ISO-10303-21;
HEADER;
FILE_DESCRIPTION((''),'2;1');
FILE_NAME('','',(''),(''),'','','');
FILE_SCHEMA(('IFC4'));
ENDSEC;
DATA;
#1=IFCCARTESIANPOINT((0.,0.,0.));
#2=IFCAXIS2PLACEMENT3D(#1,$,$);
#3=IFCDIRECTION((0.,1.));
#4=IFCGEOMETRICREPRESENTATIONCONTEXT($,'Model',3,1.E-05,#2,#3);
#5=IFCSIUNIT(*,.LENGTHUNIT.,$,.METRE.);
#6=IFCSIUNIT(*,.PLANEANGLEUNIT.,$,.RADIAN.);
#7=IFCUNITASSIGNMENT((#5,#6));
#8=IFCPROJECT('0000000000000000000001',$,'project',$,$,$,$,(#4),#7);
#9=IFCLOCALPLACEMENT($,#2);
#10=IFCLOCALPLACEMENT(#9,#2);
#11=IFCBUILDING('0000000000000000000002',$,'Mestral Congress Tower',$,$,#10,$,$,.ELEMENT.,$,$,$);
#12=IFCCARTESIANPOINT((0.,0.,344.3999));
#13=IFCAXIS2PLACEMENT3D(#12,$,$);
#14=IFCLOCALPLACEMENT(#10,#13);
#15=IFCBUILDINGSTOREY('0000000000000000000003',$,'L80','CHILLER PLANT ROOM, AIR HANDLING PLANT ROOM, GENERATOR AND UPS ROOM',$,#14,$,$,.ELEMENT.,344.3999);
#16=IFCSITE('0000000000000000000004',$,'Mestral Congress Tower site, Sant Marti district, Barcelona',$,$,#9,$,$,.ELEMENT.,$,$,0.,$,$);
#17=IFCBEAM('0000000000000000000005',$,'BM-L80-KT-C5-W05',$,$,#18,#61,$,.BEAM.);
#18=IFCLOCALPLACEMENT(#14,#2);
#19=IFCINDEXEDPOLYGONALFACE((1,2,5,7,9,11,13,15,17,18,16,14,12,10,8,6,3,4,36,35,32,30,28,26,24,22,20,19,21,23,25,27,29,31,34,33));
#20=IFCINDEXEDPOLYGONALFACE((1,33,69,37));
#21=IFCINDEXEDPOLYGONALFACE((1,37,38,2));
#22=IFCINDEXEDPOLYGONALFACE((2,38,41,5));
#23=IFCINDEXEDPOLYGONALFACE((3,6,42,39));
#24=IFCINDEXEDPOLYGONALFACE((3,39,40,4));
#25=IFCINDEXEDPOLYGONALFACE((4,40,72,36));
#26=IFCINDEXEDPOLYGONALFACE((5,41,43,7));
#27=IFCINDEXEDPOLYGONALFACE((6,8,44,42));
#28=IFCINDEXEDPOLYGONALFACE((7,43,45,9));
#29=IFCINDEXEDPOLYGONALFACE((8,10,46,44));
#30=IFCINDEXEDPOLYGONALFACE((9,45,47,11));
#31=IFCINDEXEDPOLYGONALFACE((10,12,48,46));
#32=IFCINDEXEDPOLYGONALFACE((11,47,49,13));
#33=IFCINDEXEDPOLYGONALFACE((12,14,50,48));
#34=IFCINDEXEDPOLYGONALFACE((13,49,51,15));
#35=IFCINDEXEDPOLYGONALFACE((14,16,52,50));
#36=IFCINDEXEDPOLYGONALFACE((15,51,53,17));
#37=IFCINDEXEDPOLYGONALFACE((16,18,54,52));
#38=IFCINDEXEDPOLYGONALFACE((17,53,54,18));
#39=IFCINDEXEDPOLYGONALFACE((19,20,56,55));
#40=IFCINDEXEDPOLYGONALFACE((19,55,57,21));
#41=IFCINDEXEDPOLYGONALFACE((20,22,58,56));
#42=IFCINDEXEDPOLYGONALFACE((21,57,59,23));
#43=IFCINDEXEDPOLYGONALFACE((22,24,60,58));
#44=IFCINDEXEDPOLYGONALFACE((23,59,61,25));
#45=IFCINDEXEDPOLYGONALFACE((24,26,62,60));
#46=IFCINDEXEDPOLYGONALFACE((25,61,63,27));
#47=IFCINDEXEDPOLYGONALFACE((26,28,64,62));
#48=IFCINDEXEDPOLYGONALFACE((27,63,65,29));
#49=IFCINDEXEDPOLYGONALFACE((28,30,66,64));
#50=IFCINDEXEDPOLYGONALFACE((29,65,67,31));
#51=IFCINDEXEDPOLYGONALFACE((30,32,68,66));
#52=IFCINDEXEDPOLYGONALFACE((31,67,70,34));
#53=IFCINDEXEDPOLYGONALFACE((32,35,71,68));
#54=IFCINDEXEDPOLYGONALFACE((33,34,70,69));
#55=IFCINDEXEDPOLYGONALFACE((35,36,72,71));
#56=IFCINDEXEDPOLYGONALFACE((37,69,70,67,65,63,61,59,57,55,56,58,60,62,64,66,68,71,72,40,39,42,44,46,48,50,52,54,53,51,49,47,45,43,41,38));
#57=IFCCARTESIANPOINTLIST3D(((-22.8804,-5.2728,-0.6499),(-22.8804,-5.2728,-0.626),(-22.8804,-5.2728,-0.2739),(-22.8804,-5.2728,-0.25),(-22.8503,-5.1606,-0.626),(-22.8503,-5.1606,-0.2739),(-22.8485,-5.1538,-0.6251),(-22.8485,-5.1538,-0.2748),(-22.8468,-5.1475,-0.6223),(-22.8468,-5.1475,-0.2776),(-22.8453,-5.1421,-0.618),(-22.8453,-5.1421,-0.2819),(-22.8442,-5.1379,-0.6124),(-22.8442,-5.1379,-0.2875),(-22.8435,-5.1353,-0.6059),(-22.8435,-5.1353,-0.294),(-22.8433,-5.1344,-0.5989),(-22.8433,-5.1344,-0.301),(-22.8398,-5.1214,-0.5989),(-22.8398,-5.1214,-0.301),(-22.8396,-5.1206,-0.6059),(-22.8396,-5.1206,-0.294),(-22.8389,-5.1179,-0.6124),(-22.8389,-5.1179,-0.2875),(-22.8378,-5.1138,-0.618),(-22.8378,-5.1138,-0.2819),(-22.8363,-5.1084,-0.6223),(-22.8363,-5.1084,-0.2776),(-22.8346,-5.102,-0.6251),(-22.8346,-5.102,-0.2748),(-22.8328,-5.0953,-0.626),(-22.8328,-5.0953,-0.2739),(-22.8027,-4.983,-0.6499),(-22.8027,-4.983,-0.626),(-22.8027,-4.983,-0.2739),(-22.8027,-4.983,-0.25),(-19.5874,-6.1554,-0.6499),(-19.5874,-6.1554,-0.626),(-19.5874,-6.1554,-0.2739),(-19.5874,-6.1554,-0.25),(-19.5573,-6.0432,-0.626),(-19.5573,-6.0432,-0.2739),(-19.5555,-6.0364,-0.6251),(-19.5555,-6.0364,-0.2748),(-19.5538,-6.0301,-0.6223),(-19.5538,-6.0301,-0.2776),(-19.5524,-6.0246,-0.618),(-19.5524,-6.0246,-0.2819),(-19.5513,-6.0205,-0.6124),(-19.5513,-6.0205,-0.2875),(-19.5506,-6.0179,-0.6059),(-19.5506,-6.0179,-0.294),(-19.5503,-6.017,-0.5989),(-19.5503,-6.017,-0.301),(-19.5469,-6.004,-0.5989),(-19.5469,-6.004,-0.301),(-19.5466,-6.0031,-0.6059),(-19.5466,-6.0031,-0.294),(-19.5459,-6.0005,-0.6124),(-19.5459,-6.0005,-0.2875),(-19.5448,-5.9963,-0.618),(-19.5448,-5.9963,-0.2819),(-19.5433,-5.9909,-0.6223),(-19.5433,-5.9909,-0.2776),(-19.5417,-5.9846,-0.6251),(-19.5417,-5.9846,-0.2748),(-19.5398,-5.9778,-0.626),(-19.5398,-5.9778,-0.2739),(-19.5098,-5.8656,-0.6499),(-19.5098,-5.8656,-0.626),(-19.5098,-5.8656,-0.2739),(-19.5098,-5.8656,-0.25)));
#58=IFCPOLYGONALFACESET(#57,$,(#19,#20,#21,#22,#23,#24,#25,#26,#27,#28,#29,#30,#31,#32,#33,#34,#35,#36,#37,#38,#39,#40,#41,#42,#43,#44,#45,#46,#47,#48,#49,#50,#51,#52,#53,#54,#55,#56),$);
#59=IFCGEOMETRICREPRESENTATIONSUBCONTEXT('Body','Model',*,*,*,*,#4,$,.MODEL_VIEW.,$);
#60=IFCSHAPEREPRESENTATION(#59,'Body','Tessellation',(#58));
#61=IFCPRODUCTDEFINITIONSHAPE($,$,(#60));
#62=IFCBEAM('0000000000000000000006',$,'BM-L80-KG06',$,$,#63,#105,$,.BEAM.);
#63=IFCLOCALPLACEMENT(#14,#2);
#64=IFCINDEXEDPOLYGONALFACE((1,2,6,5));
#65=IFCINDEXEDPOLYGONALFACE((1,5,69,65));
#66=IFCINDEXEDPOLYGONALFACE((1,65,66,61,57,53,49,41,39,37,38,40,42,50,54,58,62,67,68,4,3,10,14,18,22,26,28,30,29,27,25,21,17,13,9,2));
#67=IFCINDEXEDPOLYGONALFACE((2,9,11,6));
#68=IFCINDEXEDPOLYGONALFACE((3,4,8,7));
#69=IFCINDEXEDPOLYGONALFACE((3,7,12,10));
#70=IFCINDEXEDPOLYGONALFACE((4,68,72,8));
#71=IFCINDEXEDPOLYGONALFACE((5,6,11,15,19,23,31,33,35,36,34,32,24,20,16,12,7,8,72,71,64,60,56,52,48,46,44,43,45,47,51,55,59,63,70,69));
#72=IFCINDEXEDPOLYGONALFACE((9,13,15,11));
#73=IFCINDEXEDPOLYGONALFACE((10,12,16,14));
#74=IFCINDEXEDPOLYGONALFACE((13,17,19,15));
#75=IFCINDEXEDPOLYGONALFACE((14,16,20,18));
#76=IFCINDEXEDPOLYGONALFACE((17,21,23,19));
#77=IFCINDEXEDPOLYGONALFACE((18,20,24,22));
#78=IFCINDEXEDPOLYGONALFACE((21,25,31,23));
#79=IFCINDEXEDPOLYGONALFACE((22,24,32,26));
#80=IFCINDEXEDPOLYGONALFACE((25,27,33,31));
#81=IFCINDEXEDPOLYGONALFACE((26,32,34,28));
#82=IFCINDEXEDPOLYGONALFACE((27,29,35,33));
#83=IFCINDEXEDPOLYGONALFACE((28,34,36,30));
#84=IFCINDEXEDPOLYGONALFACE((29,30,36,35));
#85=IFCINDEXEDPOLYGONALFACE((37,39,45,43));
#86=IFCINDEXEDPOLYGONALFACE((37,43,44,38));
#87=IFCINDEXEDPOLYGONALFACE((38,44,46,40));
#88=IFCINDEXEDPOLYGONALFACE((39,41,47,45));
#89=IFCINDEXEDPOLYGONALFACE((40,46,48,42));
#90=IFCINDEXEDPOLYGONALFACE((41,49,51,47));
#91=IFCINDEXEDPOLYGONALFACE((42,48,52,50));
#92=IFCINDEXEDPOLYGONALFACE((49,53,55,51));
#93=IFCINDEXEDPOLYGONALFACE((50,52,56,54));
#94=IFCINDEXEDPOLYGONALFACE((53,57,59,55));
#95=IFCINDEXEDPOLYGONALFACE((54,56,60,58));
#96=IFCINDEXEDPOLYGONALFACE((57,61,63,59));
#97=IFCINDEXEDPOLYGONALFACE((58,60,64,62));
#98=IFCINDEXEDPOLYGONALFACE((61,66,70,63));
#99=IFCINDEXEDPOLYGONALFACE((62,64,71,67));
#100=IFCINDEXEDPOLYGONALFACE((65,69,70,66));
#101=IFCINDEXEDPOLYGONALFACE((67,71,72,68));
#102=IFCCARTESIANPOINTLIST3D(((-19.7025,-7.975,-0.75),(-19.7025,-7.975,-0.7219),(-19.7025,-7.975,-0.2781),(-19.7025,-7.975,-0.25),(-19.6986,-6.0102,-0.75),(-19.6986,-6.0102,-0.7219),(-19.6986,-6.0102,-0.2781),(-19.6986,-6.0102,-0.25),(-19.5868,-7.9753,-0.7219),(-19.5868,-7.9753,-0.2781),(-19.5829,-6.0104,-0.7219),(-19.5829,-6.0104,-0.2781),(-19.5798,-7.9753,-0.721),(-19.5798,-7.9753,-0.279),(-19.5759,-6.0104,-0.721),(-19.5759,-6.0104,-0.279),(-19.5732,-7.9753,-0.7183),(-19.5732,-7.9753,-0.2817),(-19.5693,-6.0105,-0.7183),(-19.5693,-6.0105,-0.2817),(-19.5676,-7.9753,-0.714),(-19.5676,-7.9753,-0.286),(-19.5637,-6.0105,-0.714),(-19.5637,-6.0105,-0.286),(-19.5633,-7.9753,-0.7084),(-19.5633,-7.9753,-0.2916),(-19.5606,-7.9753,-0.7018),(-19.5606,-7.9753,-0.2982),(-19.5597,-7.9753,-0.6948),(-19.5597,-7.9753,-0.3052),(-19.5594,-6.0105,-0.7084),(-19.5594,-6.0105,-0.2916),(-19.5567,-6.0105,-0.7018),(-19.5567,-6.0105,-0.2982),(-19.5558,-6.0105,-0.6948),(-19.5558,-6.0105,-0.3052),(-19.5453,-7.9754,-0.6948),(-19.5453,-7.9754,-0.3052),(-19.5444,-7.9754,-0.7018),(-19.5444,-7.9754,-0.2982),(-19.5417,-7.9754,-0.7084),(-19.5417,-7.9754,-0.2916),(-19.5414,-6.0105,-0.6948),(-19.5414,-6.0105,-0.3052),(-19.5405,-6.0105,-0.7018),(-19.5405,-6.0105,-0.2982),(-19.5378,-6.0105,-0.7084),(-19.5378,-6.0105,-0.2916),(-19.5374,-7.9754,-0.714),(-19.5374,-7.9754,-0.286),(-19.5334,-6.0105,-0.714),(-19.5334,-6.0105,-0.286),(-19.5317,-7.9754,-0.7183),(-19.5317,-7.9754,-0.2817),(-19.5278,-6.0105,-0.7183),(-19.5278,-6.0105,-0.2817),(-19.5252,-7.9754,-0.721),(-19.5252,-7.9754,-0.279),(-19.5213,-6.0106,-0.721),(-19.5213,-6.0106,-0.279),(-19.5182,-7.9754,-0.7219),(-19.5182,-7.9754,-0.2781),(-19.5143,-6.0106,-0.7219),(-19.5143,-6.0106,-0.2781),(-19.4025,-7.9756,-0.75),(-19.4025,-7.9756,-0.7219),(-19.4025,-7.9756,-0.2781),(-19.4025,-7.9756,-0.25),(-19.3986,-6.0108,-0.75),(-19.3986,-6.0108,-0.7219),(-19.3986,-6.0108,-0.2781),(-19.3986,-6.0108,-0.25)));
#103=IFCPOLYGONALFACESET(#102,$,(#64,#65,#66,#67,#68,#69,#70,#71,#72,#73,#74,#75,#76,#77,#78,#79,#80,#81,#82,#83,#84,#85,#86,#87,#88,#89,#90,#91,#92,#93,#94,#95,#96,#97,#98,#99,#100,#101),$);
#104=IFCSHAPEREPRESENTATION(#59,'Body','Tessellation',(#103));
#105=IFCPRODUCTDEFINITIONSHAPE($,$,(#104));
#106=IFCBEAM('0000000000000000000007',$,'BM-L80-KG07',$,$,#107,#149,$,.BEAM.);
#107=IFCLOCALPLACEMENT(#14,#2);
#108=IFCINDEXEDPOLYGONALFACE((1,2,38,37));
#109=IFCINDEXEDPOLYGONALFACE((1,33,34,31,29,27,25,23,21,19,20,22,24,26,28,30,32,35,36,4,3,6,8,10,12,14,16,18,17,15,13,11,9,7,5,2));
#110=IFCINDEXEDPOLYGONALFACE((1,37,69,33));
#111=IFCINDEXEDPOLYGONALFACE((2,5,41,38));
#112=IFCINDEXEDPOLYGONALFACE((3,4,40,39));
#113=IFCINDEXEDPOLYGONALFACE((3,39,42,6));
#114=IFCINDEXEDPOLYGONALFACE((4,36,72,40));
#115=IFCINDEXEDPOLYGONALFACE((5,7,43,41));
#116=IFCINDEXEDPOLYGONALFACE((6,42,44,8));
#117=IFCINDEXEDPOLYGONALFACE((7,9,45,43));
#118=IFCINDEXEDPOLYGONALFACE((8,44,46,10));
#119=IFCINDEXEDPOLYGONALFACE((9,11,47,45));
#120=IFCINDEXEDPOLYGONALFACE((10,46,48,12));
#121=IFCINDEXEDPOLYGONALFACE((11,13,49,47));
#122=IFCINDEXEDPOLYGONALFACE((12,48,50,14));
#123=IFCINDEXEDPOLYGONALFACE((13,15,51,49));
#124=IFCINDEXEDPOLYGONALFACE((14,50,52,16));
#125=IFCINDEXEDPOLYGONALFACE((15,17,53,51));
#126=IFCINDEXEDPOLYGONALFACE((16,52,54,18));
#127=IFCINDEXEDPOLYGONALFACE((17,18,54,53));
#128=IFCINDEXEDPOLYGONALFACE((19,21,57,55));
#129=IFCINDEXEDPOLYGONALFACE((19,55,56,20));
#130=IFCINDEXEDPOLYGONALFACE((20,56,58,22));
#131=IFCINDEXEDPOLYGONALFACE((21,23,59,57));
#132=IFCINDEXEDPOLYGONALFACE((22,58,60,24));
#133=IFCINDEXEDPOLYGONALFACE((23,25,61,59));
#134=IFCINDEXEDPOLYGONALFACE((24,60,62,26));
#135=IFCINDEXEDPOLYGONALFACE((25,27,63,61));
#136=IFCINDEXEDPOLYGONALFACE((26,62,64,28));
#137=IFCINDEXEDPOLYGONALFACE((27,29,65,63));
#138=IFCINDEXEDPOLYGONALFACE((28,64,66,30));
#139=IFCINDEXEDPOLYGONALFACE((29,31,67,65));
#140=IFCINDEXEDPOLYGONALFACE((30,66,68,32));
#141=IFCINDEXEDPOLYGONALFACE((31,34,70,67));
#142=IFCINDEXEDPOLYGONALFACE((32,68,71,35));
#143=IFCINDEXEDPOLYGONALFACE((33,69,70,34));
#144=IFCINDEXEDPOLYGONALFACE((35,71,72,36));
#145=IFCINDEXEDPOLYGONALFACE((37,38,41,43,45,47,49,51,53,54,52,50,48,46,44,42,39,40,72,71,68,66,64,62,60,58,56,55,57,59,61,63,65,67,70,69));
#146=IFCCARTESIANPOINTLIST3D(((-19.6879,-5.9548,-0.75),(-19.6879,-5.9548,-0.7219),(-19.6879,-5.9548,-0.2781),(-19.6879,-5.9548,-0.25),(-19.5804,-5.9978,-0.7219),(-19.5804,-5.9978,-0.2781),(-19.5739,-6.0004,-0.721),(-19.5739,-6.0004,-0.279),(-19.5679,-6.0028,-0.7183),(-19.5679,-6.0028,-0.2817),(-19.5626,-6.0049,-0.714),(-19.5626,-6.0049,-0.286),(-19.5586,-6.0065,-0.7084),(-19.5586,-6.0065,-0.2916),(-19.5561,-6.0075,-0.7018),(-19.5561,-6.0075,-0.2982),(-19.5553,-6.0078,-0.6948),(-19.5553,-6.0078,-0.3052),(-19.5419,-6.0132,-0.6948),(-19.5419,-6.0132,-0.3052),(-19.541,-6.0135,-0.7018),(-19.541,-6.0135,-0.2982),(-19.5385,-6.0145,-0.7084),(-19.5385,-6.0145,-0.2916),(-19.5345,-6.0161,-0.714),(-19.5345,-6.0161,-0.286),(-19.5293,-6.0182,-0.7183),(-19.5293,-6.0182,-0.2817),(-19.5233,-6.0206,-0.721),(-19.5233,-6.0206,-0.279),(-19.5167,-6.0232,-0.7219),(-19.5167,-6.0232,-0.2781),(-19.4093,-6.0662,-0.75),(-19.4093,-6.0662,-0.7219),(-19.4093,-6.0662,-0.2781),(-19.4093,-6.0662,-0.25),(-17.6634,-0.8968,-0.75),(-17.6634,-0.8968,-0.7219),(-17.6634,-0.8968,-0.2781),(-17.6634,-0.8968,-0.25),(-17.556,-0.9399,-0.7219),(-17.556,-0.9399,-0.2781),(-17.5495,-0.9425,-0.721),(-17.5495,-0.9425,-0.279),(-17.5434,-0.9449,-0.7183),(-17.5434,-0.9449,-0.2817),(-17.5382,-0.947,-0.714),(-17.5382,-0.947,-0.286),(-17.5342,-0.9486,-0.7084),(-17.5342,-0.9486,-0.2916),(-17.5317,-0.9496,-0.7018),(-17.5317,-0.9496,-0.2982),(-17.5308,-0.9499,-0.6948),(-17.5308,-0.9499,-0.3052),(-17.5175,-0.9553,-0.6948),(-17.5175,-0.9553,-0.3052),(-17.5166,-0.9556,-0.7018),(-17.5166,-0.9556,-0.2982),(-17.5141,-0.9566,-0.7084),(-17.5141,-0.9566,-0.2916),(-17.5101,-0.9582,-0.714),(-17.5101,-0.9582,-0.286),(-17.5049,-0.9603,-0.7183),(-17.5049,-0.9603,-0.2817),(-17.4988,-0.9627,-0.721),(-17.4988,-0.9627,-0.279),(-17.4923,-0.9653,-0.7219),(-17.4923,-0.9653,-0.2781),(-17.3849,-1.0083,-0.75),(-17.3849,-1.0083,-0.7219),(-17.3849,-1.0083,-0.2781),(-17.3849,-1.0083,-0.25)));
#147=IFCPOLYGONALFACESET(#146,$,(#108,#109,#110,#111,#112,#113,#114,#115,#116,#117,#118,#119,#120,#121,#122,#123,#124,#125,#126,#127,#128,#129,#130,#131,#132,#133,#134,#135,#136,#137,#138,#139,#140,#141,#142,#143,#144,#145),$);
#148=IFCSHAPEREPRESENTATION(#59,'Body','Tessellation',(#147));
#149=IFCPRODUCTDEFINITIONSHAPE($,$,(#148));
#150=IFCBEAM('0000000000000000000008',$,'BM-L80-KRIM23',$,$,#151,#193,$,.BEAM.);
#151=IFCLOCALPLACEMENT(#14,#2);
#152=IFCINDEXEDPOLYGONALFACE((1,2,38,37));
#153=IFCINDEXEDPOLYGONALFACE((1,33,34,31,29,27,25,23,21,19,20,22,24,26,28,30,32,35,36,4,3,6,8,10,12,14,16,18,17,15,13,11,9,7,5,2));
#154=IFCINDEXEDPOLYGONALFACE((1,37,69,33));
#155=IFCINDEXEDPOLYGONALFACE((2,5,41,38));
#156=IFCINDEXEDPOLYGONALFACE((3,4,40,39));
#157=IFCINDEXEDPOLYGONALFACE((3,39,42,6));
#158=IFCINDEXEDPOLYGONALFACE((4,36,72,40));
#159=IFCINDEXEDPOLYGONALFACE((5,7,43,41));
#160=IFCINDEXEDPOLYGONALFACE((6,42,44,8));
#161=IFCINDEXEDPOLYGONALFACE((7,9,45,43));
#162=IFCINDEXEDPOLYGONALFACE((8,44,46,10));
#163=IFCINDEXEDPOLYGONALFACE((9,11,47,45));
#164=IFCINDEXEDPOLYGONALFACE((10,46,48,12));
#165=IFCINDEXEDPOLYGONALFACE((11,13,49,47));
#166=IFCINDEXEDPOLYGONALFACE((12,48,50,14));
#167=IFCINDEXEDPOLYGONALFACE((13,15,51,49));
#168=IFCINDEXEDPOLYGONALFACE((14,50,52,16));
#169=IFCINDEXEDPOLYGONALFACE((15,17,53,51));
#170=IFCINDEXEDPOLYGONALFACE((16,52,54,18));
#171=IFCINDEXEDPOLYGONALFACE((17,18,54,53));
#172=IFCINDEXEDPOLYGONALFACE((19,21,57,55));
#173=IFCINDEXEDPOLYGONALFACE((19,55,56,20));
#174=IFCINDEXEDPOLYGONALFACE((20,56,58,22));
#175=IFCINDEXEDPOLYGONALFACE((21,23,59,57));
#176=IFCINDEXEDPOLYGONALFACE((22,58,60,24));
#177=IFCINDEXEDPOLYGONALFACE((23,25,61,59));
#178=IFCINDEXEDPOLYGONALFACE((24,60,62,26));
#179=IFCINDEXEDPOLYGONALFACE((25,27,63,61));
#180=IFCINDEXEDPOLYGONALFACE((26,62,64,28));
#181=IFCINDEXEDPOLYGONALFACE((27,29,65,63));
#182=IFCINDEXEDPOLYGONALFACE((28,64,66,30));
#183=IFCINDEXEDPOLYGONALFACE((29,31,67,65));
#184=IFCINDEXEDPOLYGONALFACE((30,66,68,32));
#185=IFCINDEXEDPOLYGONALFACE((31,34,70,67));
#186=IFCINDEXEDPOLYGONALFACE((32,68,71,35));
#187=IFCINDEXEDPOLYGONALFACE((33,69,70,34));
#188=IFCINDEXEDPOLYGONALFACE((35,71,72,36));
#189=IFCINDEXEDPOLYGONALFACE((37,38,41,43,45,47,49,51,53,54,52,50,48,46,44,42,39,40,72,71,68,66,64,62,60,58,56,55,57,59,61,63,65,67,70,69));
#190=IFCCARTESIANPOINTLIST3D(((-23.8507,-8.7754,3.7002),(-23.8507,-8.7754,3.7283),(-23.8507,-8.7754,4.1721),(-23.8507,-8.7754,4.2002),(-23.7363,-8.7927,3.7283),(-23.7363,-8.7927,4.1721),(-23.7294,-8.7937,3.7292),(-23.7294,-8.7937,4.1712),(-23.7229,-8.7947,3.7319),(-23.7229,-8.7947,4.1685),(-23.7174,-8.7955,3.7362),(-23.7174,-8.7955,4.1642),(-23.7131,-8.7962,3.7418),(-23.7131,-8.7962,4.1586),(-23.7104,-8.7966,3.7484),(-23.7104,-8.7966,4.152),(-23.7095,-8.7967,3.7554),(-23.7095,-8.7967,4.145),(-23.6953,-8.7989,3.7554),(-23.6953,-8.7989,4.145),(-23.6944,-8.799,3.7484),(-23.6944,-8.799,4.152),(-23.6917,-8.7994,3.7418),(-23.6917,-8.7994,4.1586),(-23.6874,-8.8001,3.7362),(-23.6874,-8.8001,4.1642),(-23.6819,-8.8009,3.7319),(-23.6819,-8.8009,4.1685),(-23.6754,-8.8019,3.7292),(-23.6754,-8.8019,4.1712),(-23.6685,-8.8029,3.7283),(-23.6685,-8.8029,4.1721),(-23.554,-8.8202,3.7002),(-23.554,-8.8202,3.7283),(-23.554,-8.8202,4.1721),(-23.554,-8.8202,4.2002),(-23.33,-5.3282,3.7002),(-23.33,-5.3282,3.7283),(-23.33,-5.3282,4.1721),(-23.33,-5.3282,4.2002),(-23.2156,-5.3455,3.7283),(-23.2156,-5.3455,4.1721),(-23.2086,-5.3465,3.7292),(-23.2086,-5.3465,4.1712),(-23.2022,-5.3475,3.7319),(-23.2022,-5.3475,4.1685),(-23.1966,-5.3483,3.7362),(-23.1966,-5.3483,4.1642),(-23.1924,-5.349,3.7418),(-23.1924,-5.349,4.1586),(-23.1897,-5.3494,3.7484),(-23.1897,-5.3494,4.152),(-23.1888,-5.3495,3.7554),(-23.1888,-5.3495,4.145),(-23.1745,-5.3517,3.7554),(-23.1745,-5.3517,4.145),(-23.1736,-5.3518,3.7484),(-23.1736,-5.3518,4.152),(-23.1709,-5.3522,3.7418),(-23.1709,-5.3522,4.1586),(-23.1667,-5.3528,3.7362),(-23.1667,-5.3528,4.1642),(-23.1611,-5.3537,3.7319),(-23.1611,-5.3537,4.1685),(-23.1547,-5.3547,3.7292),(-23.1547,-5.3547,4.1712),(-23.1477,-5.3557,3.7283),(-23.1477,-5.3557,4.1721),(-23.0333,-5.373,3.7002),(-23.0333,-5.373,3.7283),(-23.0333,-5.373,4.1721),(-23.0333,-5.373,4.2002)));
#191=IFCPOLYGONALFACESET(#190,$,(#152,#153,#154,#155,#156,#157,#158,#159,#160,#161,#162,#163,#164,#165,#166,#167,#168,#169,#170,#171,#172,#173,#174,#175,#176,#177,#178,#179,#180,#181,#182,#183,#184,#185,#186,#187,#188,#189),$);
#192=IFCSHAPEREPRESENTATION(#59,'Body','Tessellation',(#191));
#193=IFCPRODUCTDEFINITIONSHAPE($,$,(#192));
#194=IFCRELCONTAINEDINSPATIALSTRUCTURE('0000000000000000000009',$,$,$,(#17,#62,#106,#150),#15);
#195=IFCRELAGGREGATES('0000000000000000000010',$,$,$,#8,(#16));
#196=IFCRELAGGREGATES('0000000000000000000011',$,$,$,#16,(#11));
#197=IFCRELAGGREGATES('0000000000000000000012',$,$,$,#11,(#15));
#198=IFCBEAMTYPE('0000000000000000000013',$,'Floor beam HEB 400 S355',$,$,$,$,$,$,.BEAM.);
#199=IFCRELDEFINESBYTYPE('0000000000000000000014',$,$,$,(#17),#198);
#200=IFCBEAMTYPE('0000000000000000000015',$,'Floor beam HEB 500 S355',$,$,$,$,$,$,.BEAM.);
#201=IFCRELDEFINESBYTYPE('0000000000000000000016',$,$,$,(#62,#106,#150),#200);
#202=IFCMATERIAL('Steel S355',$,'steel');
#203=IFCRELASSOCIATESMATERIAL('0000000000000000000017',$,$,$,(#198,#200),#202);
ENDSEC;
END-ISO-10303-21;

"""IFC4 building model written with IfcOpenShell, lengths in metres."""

from ifc_helpers import new_model, si_unit, direction, frame, origin, origin_2d, place, context, subcontext, project, spatial, i_section, extrude, material, material_profile, profile_set, type_object, element, save


model = new_model("IFC4")

# Units and contexts
model_context = context("Model", 3, precision=1e-05, world=origin(), true_north=direction((0.0, 1.0)))
body_context = subcontext(model_context, "Body", "Model", "MODEL_VIEW")
ifc_project = project(units=[si_unit("LENGTHUNIT", "METRE"), si_unit("PLANEANGLEUNIT", "RADIAN")], contexts=[model_context])

# Site, building, storey
site_placement = place(None, origin())
site = spatial("IfcSite", under=ifc_project, at=site_placement, Name="Mestral Congress Tower site, Sant Marti district, Barcelona", CompositionType="ELEMENT", RefElevation=0.0)
building_placement = place(site_placement, origin())
building = spatial("IfcBuilding", under=site, at=building_placement, Name="Mestral Congress Tower", CompositionType="ELEMENT")
storey_placement = place(building_placement, frame((0.0, 0.0, 344.3999)))
storey = spatial("IfcBuildingStorey", under=building, at=storey_placement, Name="L80", Description="CHILLER PLANT ROOM, AIR HANDLING PLANT ROOM, GENERATOR AND UPS ROOM", CompositionType="ELEMENT", Elevation=344.3999)

# Shared definitions
ifc_material_1 = material(Name="Steel S355", Category="steel")

# Beams
ifc_material_profile_1 = material_profile(ifc_material_1, i_section(OverallWidth=0.3, OverallDepth=0.3999, WebThickness=0.0134, FlangeThickness=0.0239, FilletRadius=0.0271, at=origin_2d()), Name="HEB 400")
ifc_profile_set_1 = profile_set([ifc_material_profile_1], Name="Steel S355")
beam_type_1 = type_object("IfcBeamType", Name="Floor beam HEB 400 S355", PredefinedType="BEAM", material=ifc_profile_set_1)
beam_1_placement = place(storey_placement, frame((-22.8416, -5.1279, -0.45), z_axis=(0.96591, -0.258879, 0.0), x_axis=(0.258879, 0.96591, 0.0)))
element("IfcBeam", 1, at=beam_1_placement, inside=storey, type_object=beam_type_1, Name="BM-L80-KT-C5-W05", PredefinedType="BEAM", context=body_context, shape_type="SweptSolid", body=[
    extrude(i_section(OverallWidth=0.3, OverallDepth=0.3999, WebThickness=0.0134, FlangeThickness=0.0239, FilletRadius=0.0271, at=origin_2d()), origin(), (0.0, 0.0, 1.0), 3.4092),
])
ifc_material_profile_2 = material_profile(ifc_material_1, i_section(OverallWidth=0.3, OverallDepth=0.5, WebThickness=0.0144, FlangeThickness=0.0281, FilletRadius=0.0271, at=origin_2d()), Name="HEB 500")
ifc_profile_set_2 = profile_set([ifc_material_profile_2], Name="Steel S355")
beam_type_2 = type_object("IfcBeamType", Name="Floor beam HEB 500 S355", PredefinedType="BEAM", material=ifc_profile_set_2)
beam_2_placement = place(storey_placement, frame((-19.5525, -7.9753, -0.5), z_axis=(0.001988, 0.999998, 0.0), x_axis=(-0.999998, 0.001988, 0.0)))
element("IfcBeam", 2, at=beam_2_placement, inside=storey, type_object=beam_type_2, Name="BM-L80-KG06", PredefinedType="BEAM", context=body_context, shape_type="SweptSolid", body=[
    extrude(i_section(OverallWidth=0.3, OverallDepth=0.5, WebThickness=0.0144, FlangeThickness=0.0281, FilletRadius=0.0271, at=origin_2d()), origin(), (0.0, 0.0, 1.0), 1.9648),
])
beam_3_placement = place(storey_placement, frame((-19.5486, -6.0105, -0.5), z_axis=(0.371592, 0.928396, 0.0), x_axis=(-0.928396, 0.371592, 0.0)))
element("IfcBeam", 3, at=beam_3_placement, inside=storey, type_object=beam_type_2, Name="BM-L80-KG07", PredefinedType="BEAM", context=body_context, shape_type="SweptSolid", body=[
    extrude(i_section(OverallWidth=0.3, OverallDepth=0.5, WebThickness=0.0144, FlangeThickness=0.0281, FilletRadius=0.0271, at=origin_2d()), origin(), (0.0, 0.0, 1.0), 5.448),
])
beam_4_placement = place(storey_placement, frame((-23.1816, -5.3506, 3.9502), z_axis=(-0.149368, -0.988782, 0.0), x_axis=(0.988782, -0.149368, 0.0)))
element("IfcBeam", 4, at=beam_4_placement, inside=storey, type_object=beam_type_2, Name="BM-L80-KRIM23", PredefinedType="BEAM", context=body_context, shape_type="SweptSolid", body=[
    extrude(i_section(OverallWidth=0.3, OverallDepth=0.5, WebThickness=0.0144, FlangeThickness=0.0281, FilletRadius=0.0271, at=origin_2d()), origin(), (0.0, 0.0, 1.0), 3.4863),
])

save(model, "model.ifc")
